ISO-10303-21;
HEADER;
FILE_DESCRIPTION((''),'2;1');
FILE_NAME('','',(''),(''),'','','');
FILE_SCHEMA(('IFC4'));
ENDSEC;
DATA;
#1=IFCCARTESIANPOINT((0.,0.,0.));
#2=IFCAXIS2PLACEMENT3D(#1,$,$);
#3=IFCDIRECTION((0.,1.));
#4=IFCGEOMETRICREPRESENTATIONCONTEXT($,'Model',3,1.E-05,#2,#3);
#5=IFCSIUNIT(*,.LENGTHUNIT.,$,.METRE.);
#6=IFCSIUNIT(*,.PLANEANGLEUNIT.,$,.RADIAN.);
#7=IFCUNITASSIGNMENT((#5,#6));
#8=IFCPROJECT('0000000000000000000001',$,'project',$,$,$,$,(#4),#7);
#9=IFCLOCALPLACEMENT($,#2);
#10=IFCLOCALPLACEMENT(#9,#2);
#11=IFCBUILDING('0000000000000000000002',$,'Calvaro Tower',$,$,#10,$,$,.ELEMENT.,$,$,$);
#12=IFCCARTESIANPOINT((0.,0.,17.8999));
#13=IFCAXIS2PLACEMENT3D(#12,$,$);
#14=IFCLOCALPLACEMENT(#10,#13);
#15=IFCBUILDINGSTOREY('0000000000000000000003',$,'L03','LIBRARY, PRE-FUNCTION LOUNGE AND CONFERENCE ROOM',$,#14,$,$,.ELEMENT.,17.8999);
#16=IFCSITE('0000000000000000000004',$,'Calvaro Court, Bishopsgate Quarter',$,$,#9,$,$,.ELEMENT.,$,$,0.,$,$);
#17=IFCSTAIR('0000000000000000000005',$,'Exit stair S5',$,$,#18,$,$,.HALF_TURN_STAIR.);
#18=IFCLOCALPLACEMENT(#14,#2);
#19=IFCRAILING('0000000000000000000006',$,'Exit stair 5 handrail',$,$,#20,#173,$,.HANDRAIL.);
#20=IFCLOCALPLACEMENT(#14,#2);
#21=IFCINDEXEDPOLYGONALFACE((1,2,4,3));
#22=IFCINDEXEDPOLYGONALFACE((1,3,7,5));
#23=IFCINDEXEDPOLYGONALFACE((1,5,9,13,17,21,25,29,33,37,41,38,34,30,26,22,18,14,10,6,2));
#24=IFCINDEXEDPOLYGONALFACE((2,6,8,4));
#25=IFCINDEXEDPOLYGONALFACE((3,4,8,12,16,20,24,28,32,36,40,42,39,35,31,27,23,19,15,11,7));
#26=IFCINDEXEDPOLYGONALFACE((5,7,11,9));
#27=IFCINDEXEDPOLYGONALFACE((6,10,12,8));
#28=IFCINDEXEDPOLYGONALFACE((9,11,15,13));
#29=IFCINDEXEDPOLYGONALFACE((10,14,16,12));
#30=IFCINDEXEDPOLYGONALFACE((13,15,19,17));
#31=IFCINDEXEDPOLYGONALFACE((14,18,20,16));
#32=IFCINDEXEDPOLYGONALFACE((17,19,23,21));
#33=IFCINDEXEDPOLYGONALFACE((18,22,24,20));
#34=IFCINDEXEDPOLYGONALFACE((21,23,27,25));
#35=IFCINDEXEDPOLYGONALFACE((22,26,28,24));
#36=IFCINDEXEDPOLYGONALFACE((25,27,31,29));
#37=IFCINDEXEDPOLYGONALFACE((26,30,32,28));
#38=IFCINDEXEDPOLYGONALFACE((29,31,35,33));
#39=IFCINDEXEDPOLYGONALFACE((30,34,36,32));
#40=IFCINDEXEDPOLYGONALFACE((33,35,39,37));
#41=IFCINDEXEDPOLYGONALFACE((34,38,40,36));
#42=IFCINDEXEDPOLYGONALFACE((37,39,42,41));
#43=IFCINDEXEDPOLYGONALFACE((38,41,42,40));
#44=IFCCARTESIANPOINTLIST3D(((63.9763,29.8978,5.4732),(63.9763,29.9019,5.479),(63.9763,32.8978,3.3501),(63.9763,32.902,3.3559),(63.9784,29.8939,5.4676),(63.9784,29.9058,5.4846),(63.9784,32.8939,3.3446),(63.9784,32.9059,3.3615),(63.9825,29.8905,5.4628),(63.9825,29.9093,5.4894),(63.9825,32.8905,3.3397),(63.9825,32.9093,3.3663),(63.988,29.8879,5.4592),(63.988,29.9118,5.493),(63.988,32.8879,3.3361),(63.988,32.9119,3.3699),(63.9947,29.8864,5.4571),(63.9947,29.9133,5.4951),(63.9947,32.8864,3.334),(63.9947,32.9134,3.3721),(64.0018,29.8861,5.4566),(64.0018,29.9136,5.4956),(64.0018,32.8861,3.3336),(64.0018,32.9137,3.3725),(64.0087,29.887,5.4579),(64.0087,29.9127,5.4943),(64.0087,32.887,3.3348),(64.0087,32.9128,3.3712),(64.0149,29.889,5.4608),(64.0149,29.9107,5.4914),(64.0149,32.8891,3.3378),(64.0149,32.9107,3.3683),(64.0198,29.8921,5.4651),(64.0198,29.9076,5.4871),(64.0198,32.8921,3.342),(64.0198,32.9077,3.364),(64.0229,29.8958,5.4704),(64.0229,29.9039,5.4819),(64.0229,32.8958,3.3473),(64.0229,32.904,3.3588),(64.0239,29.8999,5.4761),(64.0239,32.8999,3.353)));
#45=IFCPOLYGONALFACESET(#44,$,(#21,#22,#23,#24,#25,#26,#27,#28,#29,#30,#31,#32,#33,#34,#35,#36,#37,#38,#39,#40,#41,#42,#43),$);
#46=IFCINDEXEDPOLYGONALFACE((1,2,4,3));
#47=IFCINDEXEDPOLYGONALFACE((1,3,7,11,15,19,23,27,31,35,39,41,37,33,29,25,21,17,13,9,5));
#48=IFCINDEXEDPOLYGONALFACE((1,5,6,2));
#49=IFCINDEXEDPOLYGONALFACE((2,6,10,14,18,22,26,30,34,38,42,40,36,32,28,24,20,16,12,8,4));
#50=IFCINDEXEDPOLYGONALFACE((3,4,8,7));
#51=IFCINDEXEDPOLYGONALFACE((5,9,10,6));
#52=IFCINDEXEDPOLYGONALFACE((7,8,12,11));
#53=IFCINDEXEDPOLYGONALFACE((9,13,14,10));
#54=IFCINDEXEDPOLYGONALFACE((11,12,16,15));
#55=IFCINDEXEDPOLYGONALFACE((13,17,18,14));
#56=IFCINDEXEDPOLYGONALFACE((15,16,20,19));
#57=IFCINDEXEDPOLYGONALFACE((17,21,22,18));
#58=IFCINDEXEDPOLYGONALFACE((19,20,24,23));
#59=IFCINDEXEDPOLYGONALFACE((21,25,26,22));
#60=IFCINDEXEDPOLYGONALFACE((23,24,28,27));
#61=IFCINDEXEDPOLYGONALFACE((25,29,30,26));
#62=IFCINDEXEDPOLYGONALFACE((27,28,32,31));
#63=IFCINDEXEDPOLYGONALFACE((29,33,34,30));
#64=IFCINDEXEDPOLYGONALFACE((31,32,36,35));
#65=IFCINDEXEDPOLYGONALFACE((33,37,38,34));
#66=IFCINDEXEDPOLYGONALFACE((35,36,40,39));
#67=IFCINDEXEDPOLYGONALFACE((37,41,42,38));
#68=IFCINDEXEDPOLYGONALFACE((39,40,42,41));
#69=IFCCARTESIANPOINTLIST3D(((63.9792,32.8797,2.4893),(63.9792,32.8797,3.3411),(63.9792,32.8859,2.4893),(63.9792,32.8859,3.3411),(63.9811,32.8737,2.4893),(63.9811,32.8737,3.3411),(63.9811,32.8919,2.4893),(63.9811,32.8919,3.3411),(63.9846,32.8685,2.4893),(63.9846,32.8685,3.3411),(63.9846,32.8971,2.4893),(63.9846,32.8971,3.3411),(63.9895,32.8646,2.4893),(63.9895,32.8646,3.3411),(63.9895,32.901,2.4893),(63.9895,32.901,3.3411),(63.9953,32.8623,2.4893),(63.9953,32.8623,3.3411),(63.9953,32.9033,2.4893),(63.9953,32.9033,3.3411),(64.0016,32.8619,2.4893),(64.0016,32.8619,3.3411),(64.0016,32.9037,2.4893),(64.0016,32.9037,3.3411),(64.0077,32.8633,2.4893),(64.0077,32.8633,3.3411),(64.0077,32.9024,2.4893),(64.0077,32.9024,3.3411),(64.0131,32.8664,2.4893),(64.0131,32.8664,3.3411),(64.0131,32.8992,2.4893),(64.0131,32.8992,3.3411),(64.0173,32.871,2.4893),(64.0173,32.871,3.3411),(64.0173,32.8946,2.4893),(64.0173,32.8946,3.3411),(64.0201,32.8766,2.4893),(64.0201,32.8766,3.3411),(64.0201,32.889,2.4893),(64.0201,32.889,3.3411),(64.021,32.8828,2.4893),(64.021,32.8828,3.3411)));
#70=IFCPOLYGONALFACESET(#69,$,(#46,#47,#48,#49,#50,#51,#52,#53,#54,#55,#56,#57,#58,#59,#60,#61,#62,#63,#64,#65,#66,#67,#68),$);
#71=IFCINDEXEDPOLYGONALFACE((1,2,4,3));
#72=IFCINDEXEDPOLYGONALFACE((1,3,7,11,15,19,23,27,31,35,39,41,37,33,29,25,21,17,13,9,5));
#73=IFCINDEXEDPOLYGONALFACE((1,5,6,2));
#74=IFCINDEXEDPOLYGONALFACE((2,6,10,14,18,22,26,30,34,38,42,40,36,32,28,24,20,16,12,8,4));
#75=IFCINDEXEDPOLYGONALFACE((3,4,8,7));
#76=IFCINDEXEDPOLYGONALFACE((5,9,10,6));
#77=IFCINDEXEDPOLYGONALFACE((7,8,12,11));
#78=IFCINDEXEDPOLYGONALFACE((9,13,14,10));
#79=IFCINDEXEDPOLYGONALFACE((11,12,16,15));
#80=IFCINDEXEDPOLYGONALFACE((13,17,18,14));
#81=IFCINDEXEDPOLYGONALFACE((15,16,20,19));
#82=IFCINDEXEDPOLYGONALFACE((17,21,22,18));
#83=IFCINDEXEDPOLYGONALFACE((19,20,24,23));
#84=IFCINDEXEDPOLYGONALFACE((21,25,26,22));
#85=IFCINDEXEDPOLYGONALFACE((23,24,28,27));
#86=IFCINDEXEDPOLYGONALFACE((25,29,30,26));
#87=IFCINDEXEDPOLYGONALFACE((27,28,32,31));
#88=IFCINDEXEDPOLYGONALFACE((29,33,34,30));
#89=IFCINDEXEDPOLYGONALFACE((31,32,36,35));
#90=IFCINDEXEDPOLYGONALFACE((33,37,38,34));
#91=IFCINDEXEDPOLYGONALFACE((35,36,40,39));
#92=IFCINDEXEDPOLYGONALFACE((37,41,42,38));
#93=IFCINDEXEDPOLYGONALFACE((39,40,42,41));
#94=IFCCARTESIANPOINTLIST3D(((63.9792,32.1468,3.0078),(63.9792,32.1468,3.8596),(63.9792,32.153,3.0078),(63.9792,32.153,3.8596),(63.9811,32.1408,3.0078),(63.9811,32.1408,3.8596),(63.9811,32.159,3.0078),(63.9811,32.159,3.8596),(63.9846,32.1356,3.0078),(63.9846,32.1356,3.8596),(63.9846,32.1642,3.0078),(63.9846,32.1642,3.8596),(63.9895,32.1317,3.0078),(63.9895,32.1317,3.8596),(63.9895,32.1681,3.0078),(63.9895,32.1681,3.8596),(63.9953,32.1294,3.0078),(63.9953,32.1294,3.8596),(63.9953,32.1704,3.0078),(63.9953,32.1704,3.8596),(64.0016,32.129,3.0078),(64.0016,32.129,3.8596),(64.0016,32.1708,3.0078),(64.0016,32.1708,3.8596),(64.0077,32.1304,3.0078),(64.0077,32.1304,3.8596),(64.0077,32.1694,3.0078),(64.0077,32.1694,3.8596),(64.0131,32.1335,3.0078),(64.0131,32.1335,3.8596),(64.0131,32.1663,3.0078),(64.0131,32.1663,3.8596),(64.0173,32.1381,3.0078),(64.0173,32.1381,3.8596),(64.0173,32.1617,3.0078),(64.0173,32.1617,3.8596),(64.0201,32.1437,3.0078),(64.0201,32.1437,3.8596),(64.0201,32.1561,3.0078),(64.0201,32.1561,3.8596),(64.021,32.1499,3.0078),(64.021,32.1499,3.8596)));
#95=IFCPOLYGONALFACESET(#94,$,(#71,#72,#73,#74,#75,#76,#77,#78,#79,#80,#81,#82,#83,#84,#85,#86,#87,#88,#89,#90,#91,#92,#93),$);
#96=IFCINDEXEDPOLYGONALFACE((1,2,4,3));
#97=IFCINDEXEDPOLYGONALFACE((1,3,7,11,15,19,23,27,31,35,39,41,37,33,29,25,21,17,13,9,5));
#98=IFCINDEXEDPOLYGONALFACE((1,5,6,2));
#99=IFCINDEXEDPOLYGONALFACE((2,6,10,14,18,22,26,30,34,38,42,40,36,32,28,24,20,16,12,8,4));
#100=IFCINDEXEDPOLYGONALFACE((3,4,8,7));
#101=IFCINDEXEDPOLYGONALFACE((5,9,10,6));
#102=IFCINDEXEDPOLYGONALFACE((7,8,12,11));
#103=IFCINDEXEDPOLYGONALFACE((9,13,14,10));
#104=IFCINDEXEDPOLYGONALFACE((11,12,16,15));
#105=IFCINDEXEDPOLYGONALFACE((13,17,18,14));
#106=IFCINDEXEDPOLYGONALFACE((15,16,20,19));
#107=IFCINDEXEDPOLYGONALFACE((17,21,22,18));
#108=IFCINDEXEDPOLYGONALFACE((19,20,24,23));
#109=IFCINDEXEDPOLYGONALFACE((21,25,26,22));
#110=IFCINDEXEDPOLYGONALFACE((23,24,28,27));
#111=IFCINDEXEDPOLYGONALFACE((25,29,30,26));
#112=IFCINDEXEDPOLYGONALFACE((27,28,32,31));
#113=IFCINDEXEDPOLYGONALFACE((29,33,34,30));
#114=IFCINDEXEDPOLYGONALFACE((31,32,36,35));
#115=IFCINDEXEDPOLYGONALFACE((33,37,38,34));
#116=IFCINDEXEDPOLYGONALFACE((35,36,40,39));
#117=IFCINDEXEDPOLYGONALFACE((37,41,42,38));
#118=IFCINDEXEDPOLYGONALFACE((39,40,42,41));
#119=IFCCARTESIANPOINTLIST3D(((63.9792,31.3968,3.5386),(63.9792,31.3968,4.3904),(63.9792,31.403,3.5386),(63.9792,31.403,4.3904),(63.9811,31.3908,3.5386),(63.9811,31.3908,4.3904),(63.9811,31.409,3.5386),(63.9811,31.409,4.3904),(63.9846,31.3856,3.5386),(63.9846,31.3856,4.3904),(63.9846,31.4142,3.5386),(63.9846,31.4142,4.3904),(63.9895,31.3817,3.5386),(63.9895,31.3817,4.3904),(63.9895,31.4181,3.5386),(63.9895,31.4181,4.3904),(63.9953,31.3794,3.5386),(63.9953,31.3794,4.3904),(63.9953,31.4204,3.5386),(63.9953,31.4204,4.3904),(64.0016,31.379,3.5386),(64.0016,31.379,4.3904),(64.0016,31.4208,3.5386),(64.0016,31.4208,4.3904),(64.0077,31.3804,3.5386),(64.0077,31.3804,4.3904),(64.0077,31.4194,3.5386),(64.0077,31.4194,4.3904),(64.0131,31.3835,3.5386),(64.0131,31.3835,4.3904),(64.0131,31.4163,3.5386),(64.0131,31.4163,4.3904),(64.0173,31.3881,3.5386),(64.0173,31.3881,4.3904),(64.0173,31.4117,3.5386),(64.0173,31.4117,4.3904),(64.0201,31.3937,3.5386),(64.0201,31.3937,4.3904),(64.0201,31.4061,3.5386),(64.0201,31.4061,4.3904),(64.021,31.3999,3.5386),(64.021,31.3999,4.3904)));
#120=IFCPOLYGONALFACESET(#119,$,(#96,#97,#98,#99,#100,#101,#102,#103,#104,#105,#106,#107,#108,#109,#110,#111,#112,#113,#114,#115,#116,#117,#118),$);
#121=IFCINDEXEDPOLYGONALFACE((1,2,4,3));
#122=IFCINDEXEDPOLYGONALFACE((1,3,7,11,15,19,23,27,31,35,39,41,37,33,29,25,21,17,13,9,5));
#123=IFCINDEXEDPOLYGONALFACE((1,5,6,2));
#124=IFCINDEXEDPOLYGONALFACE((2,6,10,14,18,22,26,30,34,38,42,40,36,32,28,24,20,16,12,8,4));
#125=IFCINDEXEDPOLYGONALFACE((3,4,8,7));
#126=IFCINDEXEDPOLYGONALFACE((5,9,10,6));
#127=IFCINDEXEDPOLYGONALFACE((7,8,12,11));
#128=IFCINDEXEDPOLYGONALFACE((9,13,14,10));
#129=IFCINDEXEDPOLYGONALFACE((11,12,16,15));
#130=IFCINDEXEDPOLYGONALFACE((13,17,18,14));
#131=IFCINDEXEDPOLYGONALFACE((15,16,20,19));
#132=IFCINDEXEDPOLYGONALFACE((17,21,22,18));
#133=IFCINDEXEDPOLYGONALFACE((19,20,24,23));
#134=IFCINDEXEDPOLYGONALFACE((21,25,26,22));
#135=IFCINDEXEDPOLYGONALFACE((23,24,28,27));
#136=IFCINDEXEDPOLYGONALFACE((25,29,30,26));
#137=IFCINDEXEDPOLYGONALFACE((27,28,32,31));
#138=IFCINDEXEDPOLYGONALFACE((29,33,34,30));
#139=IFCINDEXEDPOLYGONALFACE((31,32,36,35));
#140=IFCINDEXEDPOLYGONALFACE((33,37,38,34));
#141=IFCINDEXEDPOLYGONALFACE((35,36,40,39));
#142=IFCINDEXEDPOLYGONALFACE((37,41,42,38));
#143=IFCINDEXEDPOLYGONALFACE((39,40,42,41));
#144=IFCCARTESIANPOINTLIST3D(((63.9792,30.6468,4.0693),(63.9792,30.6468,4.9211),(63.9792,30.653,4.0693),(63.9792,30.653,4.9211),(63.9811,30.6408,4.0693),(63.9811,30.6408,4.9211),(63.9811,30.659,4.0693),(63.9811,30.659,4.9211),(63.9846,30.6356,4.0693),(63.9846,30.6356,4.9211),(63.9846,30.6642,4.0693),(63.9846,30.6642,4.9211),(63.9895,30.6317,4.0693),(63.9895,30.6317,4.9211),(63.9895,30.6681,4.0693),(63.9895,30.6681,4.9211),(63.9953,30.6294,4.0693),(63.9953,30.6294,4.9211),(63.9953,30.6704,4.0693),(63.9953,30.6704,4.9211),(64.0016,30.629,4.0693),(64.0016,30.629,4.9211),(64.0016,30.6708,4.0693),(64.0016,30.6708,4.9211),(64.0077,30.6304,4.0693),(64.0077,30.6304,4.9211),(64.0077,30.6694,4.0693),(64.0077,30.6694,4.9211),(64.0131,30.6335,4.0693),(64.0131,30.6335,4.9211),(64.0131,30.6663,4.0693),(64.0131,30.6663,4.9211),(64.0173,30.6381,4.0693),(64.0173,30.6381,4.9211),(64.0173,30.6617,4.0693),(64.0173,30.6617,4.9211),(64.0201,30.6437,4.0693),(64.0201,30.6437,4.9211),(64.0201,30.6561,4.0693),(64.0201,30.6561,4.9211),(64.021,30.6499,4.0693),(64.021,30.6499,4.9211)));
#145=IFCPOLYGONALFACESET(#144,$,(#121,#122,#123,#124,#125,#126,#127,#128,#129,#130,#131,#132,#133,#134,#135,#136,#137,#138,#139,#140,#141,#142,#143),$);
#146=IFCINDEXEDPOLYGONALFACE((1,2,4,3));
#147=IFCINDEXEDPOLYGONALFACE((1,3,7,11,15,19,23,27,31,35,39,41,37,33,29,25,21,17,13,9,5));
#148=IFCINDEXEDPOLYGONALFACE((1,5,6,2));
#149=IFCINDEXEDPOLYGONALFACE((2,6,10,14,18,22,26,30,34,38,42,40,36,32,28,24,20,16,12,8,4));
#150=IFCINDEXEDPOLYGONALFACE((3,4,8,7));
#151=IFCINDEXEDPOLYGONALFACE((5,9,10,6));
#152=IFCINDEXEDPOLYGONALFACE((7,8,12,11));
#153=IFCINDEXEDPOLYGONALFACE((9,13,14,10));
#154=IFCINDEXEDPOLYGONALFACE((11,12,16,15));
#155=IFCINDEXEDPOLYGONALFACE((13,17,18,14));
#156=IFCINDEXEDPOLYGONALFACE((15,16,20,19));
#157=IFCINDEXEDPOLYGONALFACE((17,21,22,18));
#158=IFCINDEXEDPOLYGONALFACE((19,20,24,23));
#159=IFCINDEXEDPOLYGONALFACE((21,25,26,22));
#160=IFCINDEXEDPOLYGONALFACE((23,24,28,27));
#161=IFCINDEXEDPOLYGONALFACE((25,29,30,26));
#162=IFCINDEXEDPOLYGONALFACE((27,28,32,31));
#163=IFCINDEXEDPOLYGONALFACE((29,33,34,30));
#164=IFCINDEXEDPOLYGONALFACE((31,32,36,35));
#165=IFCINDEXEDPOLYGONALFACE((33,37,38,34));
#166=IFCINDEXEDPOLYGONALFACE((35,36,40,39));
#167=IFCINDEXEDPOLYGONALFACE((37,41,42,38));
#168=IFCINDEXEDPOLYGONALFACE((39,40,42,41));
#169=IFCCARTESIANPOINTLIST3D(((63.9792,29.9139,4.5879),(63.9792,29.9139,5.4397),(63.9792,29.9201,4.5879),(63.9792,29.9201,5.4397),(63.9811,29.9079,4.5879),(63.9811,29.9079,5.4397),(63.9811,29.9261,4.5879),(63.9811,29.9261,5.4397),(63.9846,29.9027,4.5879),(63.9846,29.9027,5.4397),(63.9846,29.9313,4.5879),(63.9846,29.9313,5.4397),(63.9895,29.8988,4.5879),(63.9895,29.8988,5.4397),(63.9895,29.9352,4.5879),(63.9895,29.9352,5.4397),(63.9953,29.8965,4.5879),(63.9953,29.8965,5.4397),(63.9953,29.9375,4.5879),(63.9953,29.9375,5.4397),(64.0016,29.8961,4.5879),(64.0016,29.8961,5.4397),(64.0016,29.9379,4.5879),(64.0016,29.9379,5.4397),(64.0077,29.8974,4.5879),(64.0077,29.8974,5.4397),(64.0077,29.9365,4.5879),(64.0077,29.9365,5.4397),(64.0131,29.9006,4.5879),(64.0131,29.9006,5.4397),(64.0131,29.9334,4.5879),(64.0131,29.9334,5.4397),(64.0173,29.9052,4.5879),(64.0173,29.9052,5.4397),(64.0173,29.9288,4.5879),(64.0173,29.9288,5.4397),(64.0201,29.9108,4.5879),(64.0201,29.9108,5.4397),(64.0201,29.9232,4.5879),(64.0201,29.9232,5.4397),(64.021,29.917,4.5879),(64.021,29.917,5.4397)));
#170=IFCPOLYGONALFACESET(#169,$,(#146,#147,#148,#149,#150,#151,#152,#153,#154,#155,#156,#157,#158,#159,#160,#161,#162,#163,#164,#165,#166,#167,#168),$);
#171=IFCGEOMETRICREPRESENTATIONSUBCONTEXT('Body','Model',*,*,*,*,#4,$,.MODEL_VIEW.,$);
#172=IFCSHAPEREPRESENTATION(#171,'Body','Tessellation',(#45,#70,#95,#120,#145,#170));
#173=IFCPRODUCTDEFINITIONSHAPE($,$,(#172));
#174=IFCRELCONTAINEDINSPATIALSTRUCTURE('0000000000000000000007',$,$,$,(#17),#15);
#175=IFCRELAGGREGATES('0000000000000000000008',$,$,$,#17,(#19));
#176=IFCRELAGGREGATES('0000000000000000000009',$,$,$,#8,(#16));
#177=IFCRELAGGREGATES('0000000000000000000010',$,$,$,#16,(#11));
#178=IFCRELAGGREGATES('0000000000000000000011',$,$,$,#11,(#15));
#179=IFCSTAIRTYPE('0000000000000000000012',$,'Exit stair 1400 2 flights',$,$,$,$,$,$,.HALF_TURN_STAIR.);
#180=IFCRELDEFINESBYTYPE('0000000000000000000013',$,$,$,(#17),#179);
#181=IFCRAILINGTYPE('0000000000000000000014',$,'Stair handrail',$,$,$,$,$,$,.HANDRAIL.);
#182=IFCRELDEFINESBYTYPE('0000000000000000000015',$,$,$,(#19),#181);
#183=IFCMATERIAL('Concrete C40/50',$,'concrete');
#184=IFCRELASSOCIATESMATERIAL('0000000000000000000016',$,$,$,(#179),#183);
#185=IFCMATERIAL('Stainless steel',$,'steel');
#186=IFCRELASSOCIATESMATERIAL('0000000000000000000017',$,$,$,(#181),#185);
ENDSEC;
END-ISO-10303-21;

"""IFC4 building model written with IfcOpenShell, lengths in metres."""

from ifc_helpers import new_model, si_unit, direction, frame, origin, origin_2d, place, context, subcontext, project, spatial, circle, extrude, material, type_object, element, aggregate, save


model = new_model("IFC4")

# Units and contexts
model_context = context("Model", 3, precision=1e-05, world=origin(), true_north=direction((0.0, 1.0)))
body_context = subcontext(model_context, "Body", "Model", "MODEL_VIEW")
ifc_project = project(units=[si_unit("LENGTHUNIT", "METRE"), si_unit("PLANEANGLEUNIT", "RADIAN")], contexts=[model_context])

# Site, building, storey
site_placement = place(None, origin())
site = spatial("IfcSite", under=ifc_project, at=site_placement, Name="Calvaro Court, Bishopsgate Quarter", CompositionType="ELEMENT", RefElevation=0.0)
building_placement = place(site_placement, origin())
building = spatial("IfcBuilding", under=site, at=building_placement, Name="Calvaro Tower", CompositionType="ELEMENT")
storey_placement = place(building_placement, frame((0.0, 0.0, 17.8999)))
storey = spatial("IfcBuildingStorey", under=building, at=storey_placement, Name="L03", Description="LIBRARY, PRE-FUNCTION LOUNGE AND CONFERENCE ROOM", CompositionType="ELEMENT", Elevation=17.8999)

# Stair, railing
ifc_material_1 = material(Name="Concrete C40/50", Category="concrete")
stair_type = type_object("IfcStairType", Name="Exit stair 1400 2 flights", PredefinedType="HALF_TURN_STAIR", material=ifc_material_1)
stair_placement = place(storey_placement, origin())
stair = element("IfcStair", 1, at=stair_placement, inside=storey, type_object=stair_type, Name="Exit stair S5", PredefinedType="HALF_TURN_STAIR")
ifc_material_2 = material(Name="Stainless steel", Category="steel")
railing_type_1 = type_object("IfcRailingType", Name="Stair handrail", PredefinedType="HANDRAIL", material=ifc_material_2)
railing_1_placement = place(storey_placement, frame((64.0, 32.8999, 2.4771)))
railing_1 = element("IfcRailing", 2, at=railing_1_placement, type_object=railing_type_1, Name="Exit stair 5 handrail", PredefinedType="HANDRAIL", context=body_context, shape_type="SweptSolid", body=[
    extrude(circle(Radius=0.0239, at=origin_2d()), frame((0.0, 0.0, 0.876), z_axis=(0.0, -0.816275, 0.577663), x_axis=(1.0, 0.0, 0.0)), (0.0, 0.0, 1.0), 3.6753),
    extrude(circle(Radius=0.021, at=origin_2d()), frame((0.0, -0.0171, 0.0122)), (0.0, 0.0, 1.0), 0.8518),
    extrude(circle(Radius=0.021, at=origin_2d()), frame((0.0, -0.75, 0.5308)), (0.0, 0.0, 1.0), 0.8518),
    extrude(circle(Radius=0.021, at=origin_2d()), frame((0.0, -1.5, 1.0615)), (0.0, 0.0, 1.0), 0.8518),
    extrude(circle(Radius=0.021, at=origin_2d()), frame((0.0, -2.25, 1.5923)), (0.0, 0.0, 1.0), 0.8518),
    extrude(circle(Radius=0.021, at=origin_2d()), frame((0.0, -2.9829, 2.1108)), (0.0, 0.0, 1.0), 0.8518),
])
aggregate(stair, [railing_1])

save(model, "model.ifc")
